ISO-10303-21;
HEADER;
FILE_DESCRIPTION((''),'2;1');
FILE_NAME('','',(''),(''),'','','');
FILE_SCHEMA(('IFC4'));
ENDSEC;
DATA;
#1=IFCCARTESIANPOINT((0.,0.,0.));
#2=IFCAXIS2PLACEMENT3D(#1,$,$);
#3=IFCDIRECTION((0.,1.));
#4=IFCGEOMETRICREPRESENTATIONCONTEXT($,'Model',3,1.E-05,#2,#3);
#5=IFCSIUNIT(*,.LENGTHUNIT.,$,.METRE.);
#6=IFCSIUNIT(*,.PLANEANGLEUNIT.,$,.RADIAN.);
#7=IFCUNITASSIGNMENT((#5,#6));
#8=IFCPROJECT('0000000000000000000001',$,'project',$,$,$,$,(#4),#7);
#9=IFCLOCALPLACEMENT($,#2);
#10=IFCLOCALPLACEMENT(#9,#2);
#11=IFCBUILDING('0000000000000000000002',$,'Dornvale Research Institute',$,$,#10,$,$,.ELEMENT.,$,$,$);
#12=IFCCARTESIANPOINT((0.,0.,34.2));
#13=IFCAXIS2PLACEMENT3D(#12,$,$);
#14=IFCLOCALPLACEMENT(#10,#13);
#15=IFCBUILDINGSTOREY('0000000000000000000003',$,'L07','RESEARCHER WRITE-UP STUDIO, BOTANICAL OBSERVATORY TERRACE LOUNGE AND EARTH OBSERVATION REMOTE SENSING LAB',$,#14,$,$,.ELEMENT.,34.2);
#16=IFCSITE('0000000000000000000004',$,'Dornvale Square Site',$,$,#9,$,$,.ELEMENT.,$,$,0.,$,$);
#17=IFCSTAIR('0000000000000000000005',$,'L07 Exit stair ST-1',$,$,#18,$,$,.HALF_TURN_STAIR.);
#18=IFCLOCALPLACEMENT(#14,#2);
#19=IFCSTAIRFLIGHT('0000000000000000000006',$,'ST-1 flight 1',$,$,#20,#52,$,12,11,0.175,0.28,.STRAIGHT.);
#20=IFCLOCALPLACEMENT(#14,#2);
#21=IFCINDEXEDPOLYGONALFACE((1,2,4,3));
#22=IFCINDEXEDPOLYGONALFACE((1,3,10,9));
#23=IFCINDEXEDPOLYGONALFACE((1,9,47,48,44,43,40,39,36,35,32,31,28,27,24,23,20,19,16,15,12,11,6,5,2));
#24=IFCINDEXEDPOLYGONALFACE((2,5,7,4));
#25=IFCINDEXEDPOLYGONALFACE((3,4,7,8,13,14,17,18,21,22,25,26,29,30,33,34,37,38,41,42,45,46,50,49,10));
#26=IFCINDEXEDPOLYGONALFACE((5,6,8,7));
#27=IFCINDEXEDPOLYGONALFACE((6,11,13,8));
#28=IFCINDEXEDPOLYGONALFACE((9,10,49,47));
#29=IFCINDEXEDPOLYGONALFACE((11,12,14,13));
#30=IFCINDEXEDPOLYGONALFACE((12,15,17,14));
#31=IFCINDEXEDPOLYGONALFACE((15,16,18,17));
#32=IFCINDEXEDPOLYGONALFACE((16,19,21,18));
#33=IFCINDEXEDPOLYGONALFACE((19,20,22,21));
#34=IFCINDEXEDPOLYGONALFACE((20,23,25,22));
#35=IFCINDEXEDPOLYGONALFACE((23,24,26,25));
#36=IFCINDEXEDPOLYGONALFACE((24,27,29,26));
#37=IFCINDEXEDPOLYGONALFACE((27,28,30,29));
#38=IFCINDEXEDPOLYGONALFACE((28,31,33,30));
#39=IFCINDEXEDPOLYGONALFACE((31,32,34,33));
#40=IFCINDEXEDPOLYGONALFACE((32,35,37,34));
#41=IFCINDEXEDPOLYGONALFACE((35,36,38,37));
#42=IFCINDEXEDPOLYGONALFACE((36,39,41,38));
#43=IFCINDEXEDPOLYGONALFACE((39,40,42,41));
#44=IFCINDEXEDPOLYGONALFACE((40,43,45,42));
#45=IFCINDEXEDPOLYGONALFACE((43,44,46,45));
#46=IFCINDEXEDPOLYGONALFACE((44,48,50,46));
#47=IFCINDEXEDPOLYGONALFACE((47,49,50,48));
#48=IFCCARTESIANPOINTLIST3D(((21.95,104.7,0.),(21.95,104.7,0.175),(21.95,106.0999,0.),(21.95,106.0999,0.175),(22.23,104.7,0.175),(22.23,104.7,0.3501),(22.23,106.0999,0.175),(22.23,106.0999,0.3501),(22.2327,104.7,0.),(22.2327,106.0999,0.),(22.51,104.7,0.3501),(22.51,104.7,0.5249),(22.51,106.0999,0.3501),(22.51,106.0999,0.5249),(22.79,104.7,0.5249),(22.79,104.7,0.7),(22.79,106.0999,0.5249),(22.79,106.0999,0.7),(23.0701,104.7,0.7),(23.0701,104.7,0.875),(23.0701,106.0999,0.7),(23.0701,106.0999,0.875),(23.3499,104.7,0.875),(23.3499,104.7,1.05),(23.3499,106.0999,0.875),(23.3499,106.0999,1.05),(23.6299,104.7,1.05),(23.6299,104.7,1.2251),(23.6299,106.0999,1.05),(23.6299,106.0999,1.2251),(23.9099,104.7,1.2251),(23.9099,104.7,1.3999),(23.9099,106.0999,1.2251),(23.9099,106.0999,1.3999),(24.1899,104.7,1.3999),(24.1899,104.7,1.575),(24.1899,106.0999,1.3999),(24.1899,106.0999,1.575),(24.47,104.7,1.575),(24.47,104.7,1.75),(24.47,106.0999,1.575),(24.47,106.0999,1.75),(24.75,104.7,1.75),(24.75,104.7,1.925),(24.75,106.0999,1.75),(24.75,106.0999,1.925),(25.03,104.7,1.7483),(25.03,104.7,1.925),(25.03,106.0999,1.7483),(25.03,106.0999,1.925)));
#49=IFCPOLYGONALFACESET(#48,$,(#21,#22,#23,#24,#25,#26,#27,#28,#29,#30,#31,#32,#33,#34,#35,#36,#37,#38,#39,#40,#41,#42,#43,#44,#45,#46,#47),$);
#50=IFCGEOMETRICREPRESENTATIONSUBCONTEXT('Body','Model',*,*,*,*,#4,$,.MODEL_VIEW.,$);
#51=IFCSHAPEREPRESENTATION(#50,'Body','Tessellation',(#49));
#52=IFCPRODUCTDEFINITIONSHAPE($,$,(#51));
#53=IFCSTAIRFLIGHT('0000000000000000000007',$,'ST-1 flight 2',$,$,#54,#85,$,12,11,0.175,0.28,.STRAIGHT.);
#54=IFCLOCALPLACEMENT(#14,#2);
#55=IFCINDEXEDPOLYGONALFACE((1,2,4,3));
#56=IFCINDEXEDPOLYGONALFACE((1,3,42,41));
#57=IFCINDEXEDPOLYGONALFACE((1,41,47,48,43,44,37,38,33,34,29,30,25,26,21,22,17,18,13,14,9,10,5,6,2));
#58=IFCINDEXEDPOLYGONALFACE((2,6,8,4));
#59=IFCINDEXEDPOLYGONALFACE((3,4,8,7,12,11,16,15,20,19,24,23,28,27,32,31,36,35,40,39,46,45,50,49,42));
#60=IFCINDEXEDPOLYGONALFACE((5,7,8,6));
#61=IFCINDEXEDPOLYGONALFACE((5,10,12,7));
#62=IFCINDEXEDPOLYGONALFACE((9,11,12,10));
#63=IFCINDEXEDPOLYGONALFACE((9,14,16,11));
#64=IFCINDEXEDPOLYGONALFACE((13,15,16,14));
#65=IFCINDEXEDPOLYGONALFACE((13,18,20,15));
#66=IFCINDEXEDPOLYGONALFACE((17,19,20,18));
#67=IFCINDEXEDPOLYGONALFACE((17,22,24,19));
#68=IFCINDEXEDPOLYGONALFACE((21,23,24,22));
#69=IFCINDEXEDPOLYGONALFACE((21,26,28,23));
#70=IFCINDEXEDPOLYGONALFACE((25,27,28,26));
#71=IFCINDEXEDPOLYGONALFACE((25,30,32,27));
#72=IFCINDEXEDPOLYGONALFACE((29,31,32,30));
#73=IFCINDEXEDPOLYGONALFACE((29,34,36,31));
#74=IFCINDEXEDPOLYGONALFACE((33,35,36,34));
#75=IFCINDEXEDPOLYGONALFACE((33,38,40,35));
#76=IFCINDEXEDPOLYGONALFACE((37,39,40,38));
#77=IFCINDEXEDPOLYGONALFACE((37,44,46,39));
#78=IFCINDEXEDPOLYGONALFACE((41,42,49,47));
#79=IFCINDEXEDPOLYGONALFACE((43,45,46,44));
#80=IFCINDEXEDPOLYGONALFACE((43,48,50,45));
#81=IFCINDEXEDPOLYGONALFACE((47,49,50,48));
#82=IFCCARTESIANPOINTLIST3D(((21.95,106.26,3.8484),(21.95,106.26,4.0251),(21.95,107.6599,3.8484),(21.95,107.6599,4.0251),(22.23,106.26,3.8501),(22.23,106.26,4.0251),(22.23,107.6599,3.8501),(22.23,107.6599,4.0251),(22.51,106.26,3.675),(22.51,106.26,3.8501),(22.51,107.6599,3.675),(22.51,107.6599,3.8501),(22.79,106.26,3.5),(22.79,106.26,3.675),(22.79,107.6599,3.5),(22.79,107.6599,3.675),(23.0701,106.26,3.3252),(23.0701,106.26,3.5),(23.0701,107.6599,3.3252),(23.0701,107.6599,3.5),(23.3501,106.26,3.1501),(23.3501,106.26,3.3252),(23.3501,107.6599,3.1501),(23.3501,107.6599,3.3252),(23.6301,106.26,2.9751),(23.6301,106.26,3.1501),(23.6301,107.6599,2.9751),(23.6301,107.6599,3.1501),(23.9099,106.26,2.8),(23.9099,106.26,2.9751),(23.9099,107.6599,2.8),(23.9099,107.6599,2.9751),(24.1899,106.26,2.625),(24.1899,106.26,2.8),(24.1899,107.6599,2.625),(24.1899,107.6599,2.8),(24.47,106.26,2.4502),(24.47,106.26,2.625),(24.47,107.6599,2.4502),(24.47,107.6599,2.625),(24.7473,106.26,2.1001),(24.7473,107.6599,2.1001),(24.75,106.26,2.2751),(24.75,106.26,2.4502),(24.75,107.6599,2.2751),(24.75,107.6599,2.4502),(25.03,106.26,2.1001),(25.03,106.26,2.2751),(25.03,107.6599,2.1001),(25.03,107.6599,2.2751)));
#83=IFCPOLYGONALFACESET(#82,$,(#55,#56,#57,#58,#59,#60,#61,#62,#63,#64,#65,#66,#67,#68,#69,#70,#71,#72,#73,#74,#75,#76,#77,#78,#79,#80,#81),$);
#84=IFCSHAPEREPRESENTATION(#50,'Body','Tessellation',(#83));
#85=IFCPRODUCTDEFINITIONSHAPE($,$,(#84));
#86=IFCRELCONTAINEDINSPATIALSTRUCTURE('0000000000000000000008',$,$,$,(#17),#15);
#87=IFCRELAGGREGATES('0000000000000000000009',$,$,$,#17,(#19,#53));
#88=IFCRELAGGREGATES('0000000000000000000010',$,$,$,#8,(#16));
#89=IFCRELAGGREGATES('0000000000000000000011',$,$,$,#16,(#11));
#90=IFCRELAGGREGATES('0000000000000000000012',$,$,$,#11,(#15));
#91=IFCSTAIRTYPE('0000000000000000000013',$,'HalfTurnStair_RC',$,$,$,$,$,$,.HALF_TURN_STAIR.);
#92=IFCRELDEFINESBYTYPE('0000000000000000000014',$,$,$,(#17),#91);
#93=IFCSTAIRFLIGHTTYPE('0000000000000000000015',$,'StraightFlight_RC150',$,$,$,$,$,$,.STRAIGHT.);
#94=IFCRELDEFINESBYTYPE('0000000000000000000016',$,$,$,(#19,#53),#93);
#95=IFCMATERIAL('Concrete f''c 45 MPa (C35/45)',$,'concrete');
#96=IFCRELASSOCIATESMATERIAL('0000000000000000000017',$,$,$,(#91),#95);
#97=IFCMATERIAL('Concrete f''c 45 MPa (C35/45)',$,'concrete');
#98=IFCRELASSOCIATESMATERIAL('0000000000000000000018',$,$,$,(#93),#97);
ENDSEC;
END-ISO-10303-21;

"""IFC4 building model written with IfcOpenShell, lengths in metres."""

from ifc_helpers import new_model, si_unit, direction, frame, origin, place, context, subcontext, project, spatial, polyline, outline, extrude, material, type_object, element, aggregate, save


model = new_model("IFC4")

# Units and contexts
model_context = context("Model", 3, precision=1e-05, world=origin(), true_north=direction((0.0, 1.0)))
body_context = subcontext(model_context, "Body", "Model", "MODEL_VIEW")
ifc_project = project(units=[si_unit("LENGTHUNIT", "METRE"), si_unit("PLANEANGLEUNIT", "RADIAN")], contexts=[model_context])

# Site, building, storey
site_placement = place(None, origin())
site = spatial("IfcSite", under=ifc_project, at=site_placement, Name="Dornvale Square Site", CompositionType="ELEMENT", RefElevation=0.0)
building_placement = place(site_placement, origin())
building = spatial("IfcBuilding", under=site, at=building_placement, Name="Dornvale Research Institute", CompositionType="ELEMENT")
storey_placement = place(building_placement, frame((0.0, 0.0, 34.2)))
storey = spatial("IfcBuildingStorey", under=building, at=storey_placement, Name="L07", Description="RESEARCHER WRITE-UP STUDIO, BOTANICAL OBSERVATORY TERRACE LOUNGE AND EARTH OBSERVATION REMOTE SENSING LAB", CompositionType="ELEMENT", Elevation=34.2)

# Stair, stair flights
ifc_material_1 = material(Name="Concrete f'c 45 MPa (C35/45)", Category="concrete")
stair_type = type_object("IfcStairType", Name="HalfTurnStair_RC", PredefinedType="HALF_TURN_STAIR", material=ifc_material_1)
stair_placement = place(storey_placement, origin())
stair = element("IfcStair", 1, at=stair_placement, inside=storey, type_object=stair_type, Name="L07 Exit stair ST-1", PredefinedType="HALF_TURN_STAIR")
ifc_material_2 = material(Name="Concrete f'c 45 MPa (C35/45)", Category="concrete")
stair_flight_type = type_object("IfcStairFlightType", Name="StraightFlight_RC150", PredefinedType="STRAIGHT", material=ifc_material_2)
stair_flight_1_placement = place(storey_placement, frame((21.95, 105.3999, 0.0), z_axis=(0.0, 0.0, 1.0), x_axis=(1.0, 0.0, 0.0)))
stair_flight_1 = element("IfcStairFlight", 2, at=stair_flight_1_placement, type_object=stair_flight_type, Name="ST-1 flight 1", NumberOfRisers=12, NumberOfTreads=11, PredefinedType="STRAIGHT", RiserHeight=0.175, TreadLength=0.28, context=body_context, shape_type="SweptSolid", body=[
    extrude(outline(polyline([(0.0, 0.0), (0.0, 0.175), (0.28, 0.175), (0.28, 0.3501), (0.5601, 0.3501), (0.5601, 0.5249), (0.8401, 0.5249), (0.8401, 0.7), (1.1201, 0.7), (1.1201, 0.875), (1.3999, 0.875), (1.3999, 1.05), (1.6799, 1.05), (1.6799, 1.2251), (1.96, 1.2251), (1.96, 1.3999), (2.24, 1.3999), (2.24, 1.575), (2.52, 1.575), (2.52, 1.75), (2.8, 1.75), (2.8, 1.925), (3.0801, 1.925), (3.0801, 2.1001), (3.0801, 1.7483), (0.2827, 0.0), (0.0, 0.0)])), frame((0.0, 0.7, 0.0), z_axis=(0.0, -1.0, 0.0), x_axis=(1.0, 0.0, 0.0)), (0.0, 0.0, 1.0), 1.3999),
])
stair_flight_2_placement = place(storey_placement, frame((25.03, 106.96, 2.1001), z_axis=(0.0, 0.0, 1.0), x_axis=(-1.0, 0.0, 0.0)))
stair_flight_2 = element("IfcStairFlight", 3, at=stair_flight_2_placement, type_object=stair_flight_type, Name="ST-1 flight 2", NumberOfRisers=12, NumberOfTreads=11, PredefinedType="STRAIGHT", RiserHeight=0.175, TreadLength=0.28, context=body_context, shape_type="SweptSolid", body=[
    extrude(outline(polyline([(0.0, 0.0), (0.0, 0.175), (0.28, 0.175), (0.28, 0.3501), (0.5601, 0.3501), (0.5601, 0.5249), (0.8401, 0.5249), (0.8401, 0.7), (1.1201, 0.7), (1.1201, 0.875), (1.3999, 0.875), (1.3999, 1.05), (1.6799, 1.05), (1.6799, 1.2251), (1.96, 1.2251), (1.96, 1.3999), (2.24, 1.3999), (2.24, 1.575), (2.52, 1.575), (2.52, 1.75), (2.8, 1.75), (2.8, 1.925), (3.0801, 1.925), (3.0801, 2.1001), (3.0801, 1.7483), (0.2827, 0.0), (0.0, 0.0)])), frame((0.0, 0.7, 0.0), z_axis=(0.0, -1.0, 0.0), x_axis=(1.0, 0.0, 0.0)), (0.0, 0.0, 1.0), 1.3999),
])
aggregate(stair, [stair_flight_1, stair_flight_2])

save(model, "model.ifc")
